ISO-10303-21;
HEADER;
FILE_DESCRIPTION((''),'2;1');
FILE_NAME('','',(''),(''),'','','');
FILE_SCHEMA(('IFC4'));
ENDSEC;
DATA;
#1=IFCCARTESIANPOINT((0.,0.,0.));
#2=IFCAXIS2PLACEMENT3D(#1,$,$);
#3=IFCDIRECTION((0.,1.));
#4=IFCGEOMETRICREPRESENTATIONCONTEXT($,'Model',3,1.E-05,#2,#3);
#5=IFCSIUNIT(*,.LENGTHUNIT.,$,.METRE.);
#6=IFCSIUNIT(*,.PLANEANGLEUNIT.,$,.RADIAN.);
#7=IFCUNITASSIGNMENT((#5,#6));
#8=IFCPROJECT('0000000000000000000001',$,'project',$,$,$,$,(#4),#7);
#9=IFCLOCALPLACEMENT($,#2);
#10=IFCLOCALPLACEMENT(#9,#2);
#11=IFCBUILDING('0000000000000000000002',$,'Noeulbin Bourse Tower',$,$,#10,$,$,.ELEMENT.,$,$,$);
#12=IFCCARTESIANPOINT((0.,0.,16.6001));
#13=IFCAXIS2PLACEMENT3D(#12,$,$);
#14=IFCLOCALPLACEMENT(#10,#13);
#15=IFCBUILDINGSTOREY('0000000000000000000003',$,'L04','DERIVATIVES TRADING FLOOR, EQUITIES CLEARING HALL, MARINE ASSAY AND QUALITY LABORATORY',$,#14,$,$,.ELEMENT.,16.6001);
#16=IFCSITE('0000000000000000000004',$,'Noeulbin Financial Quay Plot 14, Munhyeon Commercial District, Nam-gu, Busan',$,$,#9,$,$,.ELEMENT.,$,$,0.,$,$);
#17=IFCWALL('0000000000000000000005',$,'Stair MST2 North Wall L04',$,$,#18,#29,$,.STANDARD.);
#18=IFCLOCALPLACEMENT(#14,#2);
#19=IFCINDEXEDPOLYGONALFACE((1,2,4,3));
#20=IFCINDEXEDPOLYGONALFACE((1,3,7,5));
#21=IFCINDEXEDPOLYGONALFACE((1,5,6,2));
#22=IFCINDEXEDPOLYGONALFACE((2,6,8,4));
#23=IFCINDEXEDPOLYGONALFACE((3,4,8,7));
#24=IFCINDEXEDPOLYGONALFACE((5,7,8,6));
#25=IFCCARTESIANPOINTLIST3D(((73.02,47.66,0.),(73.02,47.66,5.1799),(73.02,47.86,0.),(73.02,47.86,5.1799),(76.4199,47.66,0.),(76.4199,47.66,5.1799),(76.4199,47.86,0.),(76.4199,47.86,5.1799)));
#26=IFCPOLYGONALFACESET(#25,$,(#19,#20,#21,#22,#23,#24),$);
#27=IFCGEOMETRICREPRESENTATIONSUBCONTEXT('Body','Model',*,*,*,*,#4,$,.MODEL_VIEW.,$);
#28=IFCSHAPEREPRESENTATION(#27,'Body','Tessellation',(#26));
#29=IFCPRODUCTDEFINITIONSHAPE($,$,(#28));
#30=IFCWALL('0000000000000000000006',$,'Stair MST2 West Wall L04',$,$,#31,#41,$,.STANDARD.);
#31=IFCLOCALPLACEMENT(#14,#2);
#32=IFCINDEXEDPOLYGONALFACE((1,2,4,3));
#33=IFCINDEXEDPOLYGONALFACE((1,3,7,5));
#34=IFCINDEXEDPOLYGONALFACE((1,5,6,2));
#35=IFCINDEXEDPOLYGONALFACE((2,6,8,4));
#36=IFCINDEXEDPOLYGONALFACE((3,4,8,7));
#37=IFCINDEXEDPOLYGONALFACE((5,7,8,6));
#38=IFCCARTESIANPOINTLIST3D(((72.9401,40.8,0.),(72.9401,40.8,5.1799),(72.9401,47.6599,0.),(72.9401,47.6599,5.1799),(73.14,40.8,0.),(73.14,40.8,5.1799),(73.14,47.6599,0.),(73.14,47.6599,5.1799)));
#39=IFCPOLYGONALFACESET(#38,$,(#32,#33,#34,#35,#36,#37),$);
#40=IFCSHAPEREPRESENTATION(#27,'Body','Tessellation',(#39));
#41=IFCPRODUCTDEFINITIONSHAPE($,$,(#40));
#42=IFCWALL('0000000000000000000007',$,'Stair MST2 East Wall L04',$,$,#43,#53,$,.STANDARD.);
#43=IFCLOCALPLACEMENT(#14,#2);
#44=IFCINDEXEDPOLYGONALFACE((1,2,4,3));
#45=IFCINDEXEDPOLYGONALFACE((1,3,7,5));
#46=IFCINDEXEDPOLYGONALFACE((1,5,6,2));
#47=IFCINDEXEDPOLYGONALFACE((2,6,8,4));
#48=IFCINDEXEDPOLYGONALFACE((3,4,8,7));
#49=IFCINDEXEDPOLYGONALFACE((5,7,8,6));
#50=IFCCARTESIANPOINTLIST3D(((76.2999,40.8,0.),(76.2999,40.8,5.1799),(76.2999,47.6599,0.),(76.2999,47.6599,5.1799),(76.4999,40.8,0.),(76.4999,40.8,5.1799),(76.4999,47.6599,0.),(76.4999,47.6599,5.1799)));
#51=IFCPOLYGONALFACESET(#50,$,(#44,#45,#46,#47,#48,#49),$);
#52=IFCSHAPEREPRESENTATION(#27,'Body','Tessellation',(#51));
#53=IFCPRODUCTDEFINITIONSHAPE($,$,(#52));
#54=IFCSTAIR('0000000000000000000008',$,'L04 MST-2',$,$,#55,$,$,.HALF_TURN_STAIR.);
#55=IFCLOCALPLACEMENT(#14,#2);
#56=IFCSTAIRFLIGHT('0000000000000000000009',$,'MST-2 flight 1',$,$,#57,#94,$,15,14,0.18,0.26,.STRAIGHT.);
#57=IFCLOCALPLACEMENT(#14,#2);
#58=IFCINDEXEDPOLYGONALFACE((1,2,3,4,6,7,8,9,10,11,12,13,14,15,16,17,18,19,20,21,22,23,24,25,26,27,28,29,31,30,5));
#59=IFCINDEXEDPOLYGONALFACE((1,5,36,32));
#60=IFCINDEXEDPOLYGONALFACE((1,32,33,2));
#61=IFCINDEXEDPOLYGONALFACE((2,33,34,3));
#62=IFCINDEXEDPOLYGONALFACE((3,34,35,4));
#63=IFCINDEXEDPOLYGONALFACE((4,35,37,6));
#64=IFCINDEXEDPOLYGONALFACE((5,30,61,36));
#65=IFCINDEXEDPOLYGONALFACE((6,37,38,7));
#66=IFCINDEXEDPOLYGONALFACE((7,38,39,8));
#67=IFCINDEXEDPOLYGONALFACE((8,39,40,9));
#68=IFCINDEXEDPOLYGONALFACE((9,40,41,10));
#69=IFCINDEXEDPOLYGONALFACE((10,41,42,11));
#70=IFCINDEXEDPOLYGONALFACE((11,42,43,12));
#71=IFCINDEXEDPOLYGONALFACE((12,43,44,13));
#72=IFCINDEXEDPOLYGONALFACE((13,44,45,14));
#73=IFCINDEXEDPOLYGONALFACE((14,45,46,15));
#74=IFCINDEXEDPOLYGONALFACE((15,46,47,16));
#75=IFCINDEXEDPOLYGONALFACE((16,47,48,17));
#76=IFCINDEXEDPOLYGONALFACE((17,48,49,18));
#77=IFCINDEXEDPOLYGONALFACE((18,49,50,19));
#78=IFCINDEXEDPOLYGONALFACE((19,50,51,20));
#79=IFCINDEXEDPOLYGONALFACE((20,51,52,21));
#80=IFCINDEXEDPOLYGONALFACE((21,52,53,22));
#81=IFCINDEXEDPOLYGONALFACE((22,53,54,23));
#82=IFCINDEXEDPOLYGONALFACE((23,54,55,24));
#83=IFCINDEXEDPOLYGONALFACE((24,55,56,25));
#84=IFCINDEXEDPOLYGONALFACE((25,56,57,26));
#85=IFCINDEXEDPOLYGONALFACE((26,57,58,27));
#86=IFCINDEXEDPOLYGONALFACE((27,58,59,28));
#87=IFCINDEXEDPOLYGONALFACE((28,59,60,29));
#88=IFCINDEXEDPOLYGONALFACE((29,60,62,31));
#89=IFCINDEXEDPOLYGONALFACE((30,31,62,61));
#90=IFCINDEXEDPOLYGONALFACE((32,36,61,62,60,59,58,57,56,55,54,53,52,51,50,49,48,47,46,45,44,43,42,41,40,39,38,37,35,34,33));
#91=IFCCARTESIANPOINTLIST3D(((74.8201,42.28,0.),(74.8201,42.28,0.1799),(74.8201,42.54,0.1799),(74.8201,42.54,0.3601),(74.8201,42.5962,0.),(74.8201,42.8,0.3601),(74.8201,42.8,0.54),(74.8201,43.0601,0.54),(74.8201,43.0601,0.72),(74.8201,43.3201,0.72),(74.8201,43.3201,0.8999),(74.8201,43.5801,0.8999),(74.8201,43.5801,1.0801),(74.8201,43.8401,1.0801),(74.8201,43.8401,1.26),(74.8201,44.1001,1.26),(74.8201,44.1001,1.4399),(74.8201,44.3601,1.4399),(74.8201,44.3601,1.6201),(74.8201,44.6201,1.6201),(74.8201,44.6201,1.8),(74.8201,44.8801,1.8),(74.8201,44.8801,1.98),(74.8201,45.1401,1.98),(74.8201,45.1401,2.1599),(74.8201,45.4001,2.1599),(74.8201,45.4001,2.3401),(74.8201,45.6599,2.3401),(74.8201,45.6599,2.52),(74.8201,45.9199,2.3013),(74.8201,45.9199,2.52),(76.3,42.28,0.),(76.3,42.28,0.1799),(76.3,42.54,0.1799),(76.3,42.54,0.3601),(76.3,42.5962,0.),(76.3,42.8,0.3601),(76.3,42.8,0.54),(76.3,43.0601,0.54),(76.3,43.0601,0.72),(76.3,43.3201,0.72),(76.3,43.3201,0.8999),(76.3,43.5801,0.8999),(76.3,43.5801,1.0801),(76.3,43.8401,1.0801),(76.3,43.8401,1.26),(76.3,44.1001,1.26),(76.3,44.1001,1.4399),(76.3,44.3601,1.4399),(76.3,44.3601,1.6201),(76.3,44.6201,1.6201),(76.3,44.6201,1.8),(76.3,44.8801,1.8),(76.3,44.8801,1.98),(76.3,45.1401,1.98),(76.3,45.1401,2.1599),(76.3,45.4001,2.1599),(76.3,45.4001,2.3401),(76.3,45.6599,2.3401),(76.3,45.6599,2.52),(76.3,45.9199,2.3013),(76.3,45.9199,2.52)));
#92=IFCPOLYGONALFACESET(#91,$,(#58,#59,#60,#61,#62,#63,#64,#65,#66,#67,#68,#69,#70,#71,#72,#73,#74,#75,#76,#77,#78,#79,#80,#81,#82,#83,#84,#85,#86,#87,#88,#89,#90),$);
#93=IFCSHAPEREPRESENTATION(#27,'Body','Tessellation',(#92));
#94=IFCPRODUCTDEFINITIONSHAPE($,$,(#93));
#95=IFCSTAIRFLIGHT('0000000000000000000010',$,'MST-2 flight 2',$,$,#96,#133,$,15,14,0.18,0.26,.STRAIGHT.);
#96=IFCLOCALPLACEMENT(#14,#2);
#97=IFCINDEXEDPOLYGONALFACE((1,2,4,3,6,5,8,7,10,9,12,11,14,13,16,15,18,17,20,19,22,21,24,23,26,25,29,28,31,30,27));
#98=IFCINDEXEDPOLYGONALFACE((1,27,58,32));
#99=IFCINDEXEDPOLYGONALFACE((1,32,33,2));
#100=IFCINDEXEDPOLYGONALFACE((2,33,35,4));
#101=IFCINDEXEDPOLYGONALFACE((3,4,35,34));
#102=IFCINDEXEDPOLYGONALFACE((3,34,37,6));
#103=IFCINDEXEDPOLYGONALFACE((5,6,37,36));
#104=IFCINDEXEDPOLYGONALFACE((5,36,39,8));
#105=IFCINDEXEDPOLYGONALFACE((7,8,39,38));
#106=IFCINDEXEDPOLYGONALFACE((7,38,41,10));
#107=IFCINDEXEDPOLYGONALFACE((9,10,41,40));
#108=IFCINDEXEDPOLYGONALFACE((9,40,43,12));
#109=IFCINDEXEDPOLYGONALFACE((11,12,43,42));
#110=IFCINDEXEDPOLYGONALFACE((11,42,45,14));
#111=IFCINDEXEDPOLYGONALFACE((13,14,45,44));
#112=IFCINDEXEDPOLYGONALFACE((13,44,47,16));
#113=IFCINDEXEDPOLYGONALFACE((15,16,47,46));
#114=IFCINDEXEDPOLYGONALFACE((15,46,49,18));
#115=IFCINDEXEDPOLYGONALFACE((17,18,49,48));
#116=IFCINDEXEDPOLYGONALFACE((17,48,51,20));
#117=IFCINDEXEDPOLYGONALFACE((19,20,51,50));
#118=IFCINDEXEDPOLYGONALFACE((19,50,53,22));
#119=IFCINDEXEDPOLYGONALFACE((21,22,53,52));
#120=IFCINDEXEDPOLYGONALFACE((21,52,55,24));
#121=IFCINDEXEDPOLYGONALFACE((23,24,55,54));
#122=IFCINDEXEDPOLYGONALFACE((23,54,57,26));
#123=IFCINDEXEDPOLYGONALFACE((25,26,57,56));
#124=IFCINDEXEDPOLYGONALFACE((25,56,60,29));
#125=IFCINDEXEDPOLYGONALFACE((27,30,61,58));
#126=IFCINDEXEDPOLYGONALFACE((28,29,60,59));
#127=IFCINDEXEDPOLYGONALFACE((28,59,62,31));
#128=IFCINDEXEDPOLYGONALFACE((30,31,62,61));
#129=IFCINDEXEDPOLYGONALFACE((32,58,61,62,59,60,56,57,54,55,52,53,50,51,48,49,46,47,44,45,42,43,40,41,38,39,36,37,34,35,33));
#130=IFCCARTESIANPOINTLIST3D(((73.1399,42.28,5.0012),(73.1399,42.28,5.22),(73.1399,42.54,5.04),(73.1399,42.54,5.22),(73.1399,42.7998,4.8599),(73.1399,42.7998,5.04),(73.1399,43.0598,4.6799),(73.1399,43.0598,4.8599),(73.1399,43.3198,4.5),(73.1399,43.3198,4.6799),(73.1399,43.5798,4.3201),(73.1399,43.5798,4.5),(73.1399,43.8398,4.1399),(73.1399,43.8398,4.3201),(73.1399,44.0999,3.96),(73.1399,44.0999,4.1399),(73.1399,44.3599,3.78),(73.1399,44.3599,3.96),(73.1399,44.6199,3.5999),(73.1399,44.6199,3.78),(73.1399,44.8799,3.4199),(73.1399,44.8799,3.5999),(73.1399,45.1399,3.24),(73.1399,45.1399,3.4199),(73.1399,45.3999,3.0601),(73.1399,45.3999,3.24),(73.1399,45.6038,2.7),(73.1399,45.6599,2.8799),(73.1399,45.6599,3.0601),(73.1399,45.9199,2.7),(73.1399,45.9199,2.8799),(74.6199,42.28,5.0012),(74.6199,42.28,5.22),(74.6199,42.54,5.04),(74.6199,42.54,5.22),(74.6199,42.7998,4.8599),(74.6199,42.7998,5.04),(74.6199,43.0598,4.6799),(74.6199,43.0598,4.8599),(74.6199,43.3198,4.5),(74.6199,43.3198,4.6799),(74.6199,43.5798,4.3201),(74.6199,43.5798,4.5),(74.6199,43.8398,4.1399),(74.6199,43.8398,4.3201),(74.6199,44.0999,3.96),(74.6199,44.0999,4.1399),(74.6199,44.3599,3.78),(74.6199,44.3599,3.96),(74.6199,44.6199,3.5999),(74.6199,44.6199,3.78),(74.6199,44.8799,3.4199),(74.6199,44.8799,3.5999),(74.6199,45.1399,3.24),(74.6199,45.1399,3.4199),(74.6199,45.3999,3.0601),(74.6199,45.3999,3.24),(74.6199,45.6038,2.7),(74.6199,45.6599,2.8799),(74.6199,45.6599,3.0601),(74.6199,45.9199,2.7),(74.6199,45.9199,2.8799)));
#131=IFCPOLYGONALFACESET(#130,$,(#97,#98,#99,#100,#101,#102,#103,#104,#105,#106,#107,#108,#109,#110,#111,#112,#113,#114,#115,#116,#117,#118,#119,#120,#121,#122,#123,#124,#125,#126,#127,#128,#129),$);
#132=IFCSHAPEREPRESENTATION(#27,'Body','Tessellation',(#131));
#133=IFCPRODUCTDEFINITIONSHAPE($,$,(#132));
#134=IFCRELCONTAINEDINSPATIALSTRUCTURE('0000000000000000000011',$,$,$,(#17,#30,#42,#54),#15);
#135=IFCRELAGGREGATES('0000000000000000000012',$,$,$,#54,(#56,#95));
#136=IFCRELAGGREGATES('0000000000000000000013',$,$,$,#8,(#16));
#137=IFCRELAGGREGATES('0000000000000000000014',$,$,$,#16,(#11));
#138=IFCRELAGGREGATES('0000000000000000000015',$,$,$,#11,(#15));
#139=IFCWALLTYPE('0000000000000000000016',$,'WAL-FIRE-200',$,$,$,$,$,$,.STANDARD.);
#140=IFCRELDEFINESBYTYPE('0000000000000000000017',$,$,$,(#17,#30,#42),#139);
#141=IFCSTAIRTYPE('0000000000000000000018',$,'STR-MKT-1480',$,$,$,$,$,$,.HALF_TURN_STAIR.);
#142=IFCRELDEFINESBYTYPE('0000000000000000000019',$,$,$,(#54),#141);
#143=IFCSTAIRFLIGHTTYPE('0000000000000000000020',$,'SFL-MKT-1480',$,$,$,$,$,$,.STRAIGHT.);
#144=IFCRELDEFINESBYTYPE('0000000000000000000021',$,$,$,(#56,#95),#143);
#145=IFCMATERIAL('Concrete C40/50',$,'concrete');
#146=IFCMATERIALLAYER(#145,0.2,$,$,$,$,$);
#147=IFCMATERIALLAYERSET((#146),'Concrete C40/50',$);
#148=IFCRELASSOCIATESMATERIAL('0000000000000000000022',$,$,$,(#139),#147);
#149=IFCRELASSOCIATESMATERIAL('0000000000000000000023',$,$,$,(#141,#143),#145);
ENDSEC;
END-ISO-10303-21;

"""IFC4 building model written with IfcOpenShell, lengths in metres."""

from ifc_helpers import new_model, si_unit, direction, frame, frame_2d, origin, place, context, subcontext, project, spatial, polyline, rectangle, outline, extrude, material, layer, layer_set, type_object, element, aggregate, save


model = new_model("IFC4")

# Units and contexts
model_context = context("Model", 3, precision=1e-05, world=origin(), true_north=direction((0.0, 1.0)))
body_context = subcontext(model_context, "Body", "Model", "MODEL_VIEW")
ifc_project = project(units=[si_unit("LENGTHUNIT", "METRE"), si_unit("PLANEANGLEUNIT", "RADIAN")], contexts=[model_context])

# Site, building, storey
site_placement = place(None, origin())
site = spatial("IfcSite", under=ifc_project, at=site_placement, Name="Noeulbin Financial Quay Plot 14, Munhyeon Commercial District, Nam-gu, Busan", CompositionType="ELEMENT", RefElevation=0.0)
building_placement = place(site_placement, origin())
building = spatial("IfcBuilding", under=site, at=building_placement, Name="Noeulbin Bourse Tower", CompositionType="ELEMENT")
storey_placement = place(building_placement, frame((0.0, 0.0, 16.6001)))
storey = spatial("IfcBuildingStorey", under=building, at=storey_placement, Name="L04", Description="DERIVATIVES TRADING FLOOR, EQUITIES CLEARING HALL, MARINE ASSAY AND QUALITY LABORATORY", CompositionType="ELEMENT", Elevation=16.6001)

# Shared definitions
ifc_material_1 = material(Name="Concrete C40/50", Category="concrete")
ifc_layer_1 = layer(ifc_material_1, 0.2)
ifc_layer_set_1 = layer_set([ifc_layer_1], Name="Concrete C40/50")
wall_type = type_object("IfcWallType", Name="WAL-FIRE-200", PredefinedType="STANDARD", material=ifc_layer_set_1)

# Walls
wall_1_placement = place(storey_placement, frame((73.02, 47.76, 0.0), z_axis=(0.0, 0.0, 1.0), x_axis=(1.0, 0.0, 0.0)))
element("IfcWall", 1, at=wall_1_placement, inside=storey, type_object=wall_type, Name="Stair MST2 North Wall L04", PredefinedType="STANDARD", context=body_context, shape_type="SweptSolid", body=[
    extrude(rectangle(XDim=3.3999, YDim=0.2, at=frame_2d((1.7, 0.0))), origin(), (0.0, 0.0, 1.0), 5.1799),
])
for number, where, z_axis, x_axis, name in (
    (2, (73.04, 40.8, 0.0), (0.0, 0.0, 1.0), (0.0, 1.0, 0.0), "Stair MST2 West Wall L04"),
    (3, (76.3999, 40.8, 0.0), (0.0, 0.0, 1.0), (0.0, 1.0, 0.0), "Stair MST2 East Wall L04"),
):
    element("IfcWall", number, at=place(storey_placement, frame(where, z_axis=z_axis, x_axis=x_axis)), inside=storey, type_object=wall_type, Name=name, PredefinedType="STANDARD", context=body_context, shape_type="SweptSolid", body=[
        extrude(rectangle(XDim=6.8599, YDim=0.2, at=frame_2d((3.4299, 0.0))), origin(), (0.0, 0.0, 1.0), 5.1799),
    ])

# Stair, stair flights
stair_type = type_object("IfcStairType", Name="STR-MKT-1480", PredefinedType="HALF_TURN_STAIR", material=ifc_material_1)
stair_placement = place(storey_placement, origin())
stair = element("IfcStair", 4, at=stair_placement, inside=storey, type_object=stair_type, Name="L04 MST-2", PredefinedType="HALF_TURN_STAIR")
stair_flight_type = type_object("IfcStairFlightType", Name="SFL-MKT-1480", PredefinedType="STRAIGHT", material=ifc_material_1)
stair_flight_1_placement = place(storey_placement, frame((75.5601, 42.28, 0.0), z_axis=(0.0, 0.0, 1.0), x_axis=(0.0, 1.0, 0.0)))
stair_flight_1 = element("IfcStairFlight", 5, at=stair_flight_1_placement, type_object=stair_flight_type, Name="MST-2 flight 1", NumberOfRisers=15, NumberOfTreads=14, PredefinedType="STRAIGHT", RiserHeight=0.18, TreadLength=0.26, context=body_context, shape_type="SweptSolid", body=[
    extrude(outline(polyline([(0.0, 0.0), (0.0, 0.1799), (0.26, 0.1799), (0.26, 0.3601), (0.52, 0.3601), (0.52, 0.54), (0.78, 0.54), (0.78, 0.72), (1.04, 0.72), (1.04, 0.8999), (1.3, 0.8999), (1.3, 1.0801), (1.5601, 1.0801), (1.5601, 1.26), (1.8201, 1.26), (1.8201, 1.4399), (2.0801, 1.4399), (2.0801, 1.6201), (2.3401, 1.6201), (2.3401, 1.8), (2.6001, 1.8), (2.6001, 1.98), (2.8601, 1.98), (2.8601, 2.1599), (3.1201, 2.1599), (3.1201, 2.3401), (3.3799, 2.3401), (3.3799, 2.52), (3.6399, 2.52), (3.6399, 2.7), (3.6399, 2.3013), (0.3162, 0.0), (0.0, 0.0)])), frame((0.0, 0.74, 0.0), z_axis=(0.0, -1.0, 0.0), x_axis=(1.0, 0.0, 0.0)), (0.0, 0.0, 1.0), 1.48),
])
stair_flight_2_placement = place(storey_placement, frame((73.8799, 45.9199, 2.7), z_axis=(0.0, 0.0, 1.0), x_axis=(0.0, -1.0, 0.0)))
stair_flight_2 = element("IfcStairFlight", 6, at=stair_flight_2_placement, type_object=stair_flight_type, Name="MST-2 flight 2", NumberOfRisers=15, NumberOfTreads=14, PredefinedType="STRAIGHT", RiserHeight=0.18, TreadLength=0.26, context=body_context, shape_type="SweptSolid", body=[
    extrude(outline(polyline([(0.0, 0.0), (0.0, 0.1799), (0.26, 0.1799), (0.26, 0.3601), (0.52, 0.3601), (0.52, 0.54), (0.78, 0.54), (0.78, 0.72), (1.04, 0.72), (1.04, 0.8999), (1.3, 0.8999), (1.3, 1.0801), (1.5601, 1.0801), (1.5601, 1.26), (1.8201, 1.26), (1.8201, 1.4399), (2.0801, 1.4399), (2.0801, 1.6201), (2.3401, 1.6201), (2.3401, 1.8), (2.6001, 1.8), (2.6001, 1.98), (2.8601, 1.98), (2.8601, 2.1599), (3.1201, 2.1599), (3.1201, 2.3401), (3.3799, 2.3401), (3.3799, 2.52), (3.6399, 2.52), (3.6399, 2.7), (3.6399, 2.3013), (0.3162, 0.0), (0.0, 0.0)])), frame((0.0, 0.74, 0.0), z_axis=(0.0, -1.0, 0.0), x_axis=(1.0, 0.0, 0.0)), (0.0, 0.0, 1.0), 1.48),
])
aggregate(stair, [stair_flight_1, stair_flight_2])

save(model, "model.ifc")
